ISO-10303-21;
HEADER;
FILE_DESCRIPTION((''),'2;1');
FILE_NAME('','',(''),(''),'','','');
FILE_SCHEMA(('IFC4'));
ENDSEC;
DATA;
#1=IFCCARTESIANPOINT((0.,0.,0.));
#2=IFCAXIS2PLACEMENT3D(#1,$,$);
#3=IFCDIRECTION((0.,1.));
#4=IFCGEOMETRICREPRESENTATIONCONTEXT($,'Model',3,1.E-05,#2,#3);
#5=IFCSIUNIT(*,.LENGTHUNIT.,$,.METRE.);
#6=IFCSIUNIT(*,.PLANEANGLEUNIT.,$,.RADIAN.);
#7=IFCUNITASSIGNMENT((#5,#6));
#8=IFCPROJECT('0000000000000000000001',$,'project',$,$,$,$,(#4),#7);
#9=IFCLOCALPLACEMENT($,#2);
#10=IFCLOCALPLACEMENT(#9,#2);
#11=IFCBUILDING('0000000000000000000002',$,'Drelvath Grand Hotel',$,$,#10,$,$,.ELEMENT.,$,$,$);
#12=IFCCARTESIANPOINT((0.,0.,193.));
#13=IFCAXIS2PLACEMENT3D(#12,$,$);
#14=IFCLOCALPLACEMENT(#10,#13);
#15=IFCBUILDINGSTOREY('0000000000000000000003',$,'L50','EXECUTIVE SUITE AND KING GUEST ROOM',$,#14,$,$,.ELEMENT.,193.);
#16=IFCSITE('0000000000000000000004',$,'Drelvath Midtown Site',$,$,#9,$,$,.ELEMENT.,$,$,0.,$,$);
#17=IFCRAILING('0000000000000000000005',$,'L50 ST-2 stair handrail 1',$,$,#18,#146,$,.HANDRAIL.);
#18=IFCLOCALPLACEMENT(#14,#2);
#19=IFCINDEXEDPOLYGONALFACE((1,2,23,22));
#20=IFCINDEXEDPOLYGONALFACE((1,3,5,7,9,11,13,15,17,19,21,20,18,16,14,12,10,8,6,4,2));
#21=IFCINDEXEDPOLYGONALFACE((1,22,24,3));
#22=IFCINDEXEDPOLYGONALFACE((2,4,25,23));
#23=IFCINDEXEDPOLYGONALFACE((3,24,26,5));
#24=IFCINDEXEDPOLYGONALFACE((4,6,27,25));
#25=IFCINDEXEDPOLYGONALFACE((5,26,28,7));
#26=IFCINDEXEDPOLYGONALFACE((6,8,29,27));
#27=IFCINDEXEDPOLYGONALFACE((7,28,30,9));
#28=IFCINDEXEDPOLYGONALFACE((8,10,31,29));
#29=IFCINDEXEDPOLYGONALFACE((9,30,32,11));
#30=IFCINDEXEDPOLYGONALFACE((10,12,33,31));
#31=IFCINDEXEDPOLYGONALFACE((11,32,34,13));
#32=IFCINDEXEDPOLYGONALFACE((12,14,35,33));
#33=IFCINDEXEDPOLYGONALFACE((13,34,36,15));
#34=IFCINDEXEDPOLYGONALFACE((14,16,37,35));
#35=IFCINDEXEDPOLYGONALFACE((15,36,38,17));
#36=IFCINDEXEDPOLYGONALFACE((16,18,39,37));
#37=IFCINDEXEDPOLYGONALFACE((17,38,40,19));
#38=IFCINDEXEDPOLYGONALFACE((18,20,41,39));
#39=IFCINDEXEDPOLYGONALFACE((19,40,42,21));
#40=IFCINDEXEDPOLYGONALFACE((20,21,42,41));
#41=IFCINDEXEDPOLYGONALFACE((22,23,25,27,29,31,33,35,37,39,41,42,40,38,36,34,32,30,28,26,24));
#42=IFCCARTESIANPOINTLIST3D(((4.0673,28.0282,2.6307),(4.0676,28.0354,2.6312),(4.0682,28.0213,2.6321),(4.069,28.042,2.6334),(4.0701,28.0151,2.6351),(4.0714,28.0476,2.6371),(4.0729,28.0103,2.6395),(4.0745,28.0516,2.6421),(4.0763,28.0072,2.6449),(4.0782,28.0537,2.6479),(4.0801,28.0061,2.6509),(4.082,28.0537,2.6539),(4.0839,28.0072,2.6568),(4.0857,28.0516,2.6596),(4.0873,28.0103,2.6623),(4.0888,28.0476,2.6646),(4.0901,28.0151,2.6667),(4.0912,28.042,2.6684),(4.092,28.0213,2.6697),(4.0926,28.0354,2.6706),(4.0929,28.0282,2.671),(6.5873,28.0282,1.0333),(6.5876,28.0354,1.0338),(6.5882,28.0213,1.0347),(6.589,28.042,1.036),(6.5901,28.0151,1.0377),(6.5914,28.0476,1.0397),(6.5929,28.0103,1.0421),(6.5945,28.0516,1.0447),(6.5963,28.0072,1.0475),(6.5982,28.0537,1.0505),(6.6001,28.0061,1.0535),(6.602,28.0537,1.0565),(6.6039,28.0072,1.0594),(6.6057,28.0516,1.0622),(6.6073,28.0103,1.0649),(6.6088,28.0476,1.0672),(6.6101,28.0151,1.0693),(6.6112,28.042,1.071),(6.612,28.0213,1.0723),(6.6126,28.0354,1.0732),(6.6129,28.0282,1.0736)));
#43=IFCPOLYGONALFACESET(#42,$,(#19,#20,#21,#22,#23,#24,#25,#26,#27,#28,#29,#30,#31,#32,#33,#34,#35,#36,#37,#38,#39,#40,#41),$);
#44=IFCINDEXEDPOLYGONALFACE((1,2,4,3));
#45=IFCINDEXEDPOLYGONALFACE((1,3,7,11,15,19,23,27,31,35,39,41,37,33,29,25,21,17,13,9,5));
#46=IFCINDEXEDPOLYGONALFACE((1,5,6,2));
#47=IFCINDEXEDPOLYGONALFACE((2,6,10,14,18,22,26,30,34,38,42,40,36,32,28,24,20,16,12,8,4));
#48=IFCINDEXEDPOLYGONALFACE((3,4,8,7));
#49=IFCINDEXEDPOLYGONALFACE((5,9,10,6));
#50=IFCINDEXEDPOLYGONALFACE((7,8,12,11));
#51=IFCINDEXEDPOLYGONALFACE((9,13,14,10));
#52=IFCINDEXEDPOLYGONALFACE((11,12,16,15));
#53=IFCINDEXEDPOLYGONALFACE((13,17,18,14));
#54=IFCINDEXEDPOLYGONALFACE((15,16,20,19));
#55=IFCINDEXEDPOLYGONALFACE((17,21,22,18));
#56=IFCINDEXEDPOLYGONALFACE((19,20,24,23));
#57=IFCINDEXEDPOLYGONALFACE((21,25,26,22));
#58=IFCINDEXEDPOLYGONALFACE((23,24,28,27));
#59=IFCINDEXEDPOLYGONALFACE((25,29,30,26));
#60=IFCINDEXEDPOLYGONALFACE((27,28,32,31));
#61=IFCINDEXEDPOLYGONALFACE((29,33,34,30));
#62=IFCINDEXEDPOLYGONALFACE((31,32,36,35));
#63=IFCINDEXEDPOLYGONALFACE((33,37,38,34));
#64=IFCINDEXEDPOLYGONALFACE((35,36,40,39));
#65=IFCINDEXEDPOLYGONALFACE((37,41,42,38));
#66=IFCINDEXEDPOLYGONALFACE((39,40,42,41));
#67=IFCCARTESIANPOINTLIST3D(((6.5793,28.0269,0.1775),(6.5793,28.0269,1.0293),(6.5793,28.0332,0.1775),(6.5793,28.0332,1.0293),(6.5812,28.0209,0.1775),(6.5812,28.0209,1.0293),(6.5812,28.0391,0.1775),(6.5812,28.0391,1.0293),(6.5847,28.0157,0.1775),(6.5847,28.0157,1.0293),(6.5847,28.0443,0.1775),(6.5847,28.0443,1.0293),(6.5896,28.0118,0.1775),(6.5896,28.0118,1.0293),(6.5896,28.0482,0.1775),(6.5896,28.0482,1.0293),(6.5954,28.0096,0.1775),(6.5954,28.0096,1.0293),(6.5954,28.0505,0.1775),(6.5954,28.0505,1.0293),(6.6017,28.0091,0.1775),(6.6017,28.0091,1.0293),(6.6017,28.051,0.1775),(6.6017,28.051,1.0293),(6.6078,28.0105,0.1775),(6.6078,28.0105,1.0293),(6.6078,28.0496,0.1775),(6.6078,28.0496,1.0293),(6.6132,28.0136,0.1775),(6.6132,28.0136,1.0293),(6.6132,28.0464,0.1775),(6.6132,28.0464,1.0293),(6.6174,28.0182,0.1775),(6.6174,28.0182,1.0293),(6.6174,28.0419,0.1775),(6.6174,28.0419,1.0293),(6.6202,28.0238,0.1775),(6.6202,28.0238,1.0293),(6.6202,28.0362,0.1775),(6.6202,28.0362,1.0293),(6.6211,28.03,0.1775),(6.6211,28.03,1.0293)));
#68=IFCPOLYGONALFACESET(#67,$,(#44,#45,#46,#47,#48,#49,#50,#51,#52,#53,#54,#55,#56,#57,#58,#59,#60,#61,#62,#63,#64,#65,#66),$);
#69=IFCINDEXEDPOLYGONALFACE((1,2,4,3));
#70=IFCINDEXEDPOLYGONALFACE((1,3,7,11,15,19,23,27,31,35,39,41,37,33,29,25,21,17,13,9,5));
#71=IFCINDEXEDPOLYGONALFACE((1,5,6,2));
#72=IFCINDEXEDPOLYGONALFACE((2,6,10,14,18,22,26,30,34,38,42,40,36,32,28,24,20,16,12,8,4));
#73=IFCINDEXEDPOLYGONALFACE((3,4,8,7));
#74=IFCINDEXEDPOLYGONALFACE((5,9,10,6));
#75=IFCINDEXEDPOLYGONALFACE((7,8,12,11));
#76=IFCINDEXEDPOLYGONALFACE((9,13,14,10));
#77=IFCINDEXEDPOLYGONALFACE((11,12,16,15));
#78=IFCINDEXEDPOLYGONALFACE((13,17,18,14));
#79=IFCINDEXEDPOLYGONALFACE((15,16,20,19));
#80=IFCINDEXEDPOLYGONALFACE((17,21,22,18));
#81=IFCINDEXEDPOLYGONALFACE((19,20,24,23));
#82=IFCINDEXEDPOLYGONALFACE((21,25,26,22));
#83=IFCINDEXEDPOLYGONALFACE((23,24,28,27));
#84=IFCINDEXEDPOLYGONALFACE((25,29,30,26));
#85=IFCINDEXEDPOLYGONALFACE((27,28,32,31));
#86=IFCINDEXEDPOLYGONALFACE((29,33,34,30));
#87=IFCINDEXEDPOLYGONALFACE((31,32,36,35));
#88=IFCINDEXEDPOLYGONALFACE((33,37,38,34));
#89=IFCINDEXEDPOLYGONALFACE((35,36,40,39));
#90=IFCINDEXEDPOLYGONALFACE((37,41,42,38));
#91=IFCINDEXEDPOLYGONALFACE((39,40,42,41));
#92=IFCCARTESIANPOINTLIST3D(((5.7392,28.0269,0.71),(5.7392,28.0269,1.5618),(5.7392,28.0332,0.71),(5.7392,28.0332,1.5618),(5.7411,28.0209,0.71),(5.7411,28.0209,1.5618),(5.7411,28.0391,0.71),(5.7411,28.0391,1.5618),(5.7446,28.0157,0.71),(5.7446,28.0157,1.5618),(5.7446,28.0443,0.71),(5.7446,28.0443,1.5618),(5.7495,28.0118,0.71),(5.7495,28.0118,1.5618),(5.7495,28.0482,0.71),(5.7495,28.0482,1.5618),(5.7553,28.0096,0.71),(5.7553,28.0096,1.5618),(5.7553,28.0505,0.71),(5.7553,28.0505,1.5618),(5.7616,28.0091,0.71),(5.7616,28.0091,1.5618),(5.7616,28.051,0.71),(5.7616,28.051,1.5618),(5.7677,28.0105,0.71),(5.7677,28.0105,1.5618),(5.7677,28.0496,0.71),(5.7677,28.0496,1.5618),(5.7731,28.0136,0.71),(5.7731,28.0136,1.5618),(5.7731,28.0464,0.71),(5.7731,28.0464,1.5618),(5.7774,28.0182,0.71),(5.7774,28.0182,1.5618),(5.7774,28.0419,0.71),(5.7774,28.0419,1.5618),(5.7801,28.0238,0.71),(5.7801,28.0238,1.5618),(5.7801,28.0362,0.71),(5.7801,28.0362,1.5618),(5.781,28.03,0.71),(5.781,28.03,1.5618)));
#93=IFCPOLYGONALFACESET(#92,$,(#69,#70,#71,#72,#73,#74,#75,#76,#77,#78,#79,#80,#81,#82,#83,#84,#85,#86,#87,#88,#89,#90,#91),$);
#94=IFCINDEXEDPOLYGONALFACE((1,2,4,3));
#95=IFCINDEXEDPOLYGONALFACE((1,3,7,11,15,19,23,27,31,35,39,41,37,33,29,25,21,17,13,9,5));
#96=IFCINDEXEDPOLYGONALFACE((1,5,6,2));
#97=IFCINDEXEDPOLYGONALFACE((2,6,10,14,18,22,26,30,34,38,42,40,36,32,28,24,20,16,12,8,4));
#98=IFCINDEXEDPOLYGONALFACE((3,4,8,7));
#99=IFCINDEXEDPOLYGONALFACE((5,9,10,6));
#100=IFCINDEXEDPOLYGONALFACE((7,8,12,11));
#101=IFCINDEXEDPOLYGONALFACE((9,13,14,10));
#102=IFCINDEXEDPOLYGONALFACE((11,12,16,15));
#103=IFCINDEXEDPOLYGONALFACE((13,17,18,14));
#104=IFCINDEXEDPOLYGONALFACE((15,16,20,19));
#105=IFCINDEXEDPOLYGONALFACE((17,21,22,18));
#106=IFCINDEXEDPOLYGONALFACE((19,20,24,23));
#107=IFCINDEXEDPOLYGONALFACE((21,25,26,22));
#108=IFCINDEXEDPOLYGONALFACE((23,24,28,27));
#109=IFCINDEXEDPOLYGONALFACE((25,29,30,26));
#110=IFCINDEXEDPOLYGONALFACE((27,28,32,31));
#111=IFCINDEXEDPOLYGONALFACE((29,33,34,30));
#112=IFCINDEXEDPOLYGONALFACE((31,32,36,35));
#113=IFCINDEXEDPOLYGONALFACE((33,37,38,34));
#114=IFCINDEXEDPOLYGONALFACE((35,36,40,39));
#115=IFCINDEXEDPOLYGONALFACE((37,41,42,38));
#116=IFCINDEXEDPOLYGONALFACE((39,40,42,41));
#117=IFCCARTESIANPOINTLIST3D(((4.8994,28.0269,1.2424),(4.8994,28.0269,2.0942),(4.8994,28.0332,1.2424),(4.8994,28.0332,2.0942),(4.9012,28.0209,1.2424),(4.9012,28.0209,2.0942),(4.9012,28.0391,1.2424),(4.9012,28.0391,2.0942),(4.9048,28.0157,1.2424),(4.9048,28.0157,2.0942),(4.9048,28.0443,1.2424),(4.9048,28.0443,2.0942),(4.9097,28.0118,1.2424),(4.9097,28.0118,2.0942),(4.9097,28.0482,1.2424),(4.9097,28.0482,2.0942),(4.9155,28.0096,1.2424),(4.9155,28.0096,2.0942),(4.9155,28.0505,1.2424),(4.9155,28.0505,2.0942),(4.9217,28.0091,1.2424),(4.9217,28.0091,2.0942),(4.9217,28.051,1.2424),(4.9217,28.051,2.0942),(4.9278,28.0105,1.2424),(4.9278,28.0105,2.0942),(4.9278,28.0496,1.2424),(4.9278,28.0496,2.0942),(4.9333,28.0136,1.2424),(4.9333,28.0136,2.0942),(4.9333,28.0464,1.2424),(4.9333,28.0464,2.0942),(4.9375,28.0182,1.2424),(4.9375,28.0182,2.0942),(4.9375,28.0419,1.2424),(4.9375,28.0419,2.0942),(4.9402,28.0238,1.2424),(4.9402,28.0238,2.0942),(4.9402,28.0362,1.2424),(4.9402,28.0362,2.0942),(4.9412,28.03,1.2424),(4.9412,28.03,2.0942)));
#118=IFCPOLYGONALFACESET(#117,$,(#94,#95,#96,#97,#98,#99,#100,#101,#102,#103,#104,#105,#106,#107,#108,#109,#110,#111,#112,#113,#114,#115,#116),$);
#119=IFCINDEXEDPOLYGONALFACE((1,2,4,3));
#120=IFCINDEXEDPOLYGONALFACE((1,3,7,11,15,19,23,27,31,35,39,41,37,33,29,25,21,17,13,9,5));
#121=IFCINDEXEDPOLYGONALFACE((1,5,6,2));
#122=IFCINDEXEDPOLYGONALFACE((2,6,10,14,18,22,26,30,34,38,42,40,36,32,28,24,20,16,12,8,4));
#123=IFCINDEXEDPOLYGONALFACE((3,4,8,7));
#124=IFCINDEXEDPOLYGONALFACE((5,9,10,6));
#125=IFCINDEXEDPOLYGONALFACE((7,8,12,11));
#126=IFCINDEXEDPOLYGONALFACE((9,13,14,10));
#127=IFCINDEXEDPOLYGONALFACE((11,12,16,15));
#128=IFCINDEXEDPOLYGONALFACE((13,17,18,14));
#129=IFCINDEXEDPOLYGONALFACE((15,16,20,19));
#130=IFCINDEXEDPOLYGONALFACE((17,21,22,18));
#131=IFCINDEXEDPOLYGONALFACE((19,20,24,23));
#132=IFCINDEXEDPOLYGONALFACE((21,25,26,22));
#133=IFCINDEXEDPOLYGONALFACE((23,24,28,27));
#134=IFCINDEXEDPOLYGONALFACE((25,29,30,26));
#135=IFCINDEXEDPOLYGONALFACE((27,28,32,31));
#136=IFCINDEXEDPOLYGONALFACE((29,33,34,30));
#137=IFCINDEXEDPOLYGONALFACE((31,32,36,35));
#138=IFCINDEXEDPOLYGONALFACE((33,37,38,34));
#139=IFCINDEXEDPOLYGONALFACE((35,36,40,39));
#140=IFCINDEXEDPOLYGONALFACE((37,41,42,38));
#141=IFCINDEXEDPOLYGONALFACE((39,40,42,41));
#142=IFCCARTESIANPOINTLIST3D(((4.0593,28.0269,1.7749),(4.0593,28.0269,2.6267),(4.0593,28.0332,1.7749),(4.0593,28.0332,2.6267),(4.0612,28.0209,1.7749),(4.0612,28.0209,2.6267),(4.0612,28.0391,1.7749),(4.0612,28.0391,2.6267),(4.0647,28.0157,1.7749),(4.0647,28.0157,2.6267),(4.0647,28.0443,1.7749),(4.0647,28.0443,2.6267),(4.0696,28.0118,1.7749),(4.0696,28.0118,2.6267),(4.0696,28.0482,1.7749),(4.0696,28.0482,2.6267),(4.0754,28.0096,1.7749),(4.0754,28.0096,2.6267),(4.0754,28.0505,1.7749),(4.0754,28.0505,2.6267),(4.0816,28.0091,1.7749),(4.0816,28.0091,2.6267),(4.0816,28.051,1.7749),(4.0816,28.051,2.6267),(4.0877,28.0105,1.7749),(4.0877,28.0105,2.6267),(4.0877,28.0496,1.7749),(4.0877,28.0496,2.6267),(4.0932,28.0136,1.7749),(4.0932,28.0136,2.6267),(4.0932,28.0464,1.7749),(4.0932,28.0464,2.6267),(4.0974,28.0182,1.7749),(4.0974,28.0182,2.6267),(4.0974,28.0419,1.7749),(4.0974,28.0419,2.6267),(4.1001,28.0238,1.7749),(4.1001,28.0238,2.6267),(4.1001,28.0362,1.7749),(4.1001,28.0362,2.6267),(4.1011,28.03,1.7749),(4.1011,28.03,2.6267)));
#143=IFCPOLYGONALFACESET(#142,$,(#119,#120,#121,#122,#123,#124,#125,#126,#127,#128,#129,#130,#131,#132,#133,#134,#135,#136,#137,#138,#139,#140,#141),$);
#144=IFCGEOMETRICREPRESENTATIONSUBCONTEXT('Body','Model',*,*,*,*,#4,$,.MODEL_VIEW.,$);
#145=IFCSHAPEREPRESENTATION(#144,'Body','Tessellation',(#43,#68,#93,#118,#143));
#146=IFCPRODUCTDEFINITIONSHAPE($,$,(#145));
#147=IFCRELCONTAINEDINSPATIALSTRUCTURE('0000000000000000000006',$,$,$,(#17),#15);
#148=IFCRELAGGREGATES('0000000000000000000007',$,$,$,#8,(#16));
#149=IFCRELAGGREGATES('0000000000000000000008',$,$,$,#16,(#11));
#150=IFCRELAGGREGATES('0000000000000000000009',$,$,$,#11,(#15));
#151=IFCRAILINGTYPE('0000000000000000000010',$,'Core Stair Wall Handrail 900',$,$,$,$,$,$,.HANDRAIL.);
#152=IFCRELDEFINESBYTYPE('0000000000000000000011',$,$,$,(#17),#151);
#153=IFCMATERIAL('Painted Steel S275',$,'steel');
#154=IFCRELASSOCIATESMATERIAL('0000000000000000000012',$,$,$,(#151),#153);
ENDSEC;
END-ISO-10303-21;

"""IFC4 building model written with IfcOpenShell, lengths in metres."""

from ifc_helpers import new_model, si_unit, direction, frame, origin, origin_2d, place, context, subcontext, project, spatial, circle, extrude, material, type_object, element, save


model = new_model("IFC4")

# Units and contexts
model_context = context("Model", 3, precision=1e-05, world=origin(), true_north=direction((0.0, 1.0)))
body_context = subcontext(model_context, "Body", "Model", "MODEL_VIEW")
ifc_project = project(units=[si_unit("LENGTHUNIT", "METRE"), si_unit("PLANEANGLEUNIT", "RADIAN")], contexts=[model_context])

# Site, building, storey
site_placement = place(None, origin())
site = spatial("IfcSite", under=ifc_project, at=site_placement, Name="Drelvath Midtown Site", CompositionType="ELEMENT", RefElevation=0.0)
building_placement = place(site_placement, origin())
building = spatial("IfcBuilding", under=site, at=building_placement, Name="Drelvath Grand Hotel", CompositionType="ELEMENT")
storey_placement = place(building_placement, frame((0.0, 0.0, 193.0)))
storey = spatial("IfcBuildingStorey", under=building, at=storey_placement, Name="L50", Description="EXECUTIVE SUITE AND KING GUEST ROOM", CompositionType="ELEMENT", Elevation=193.0)

# Shared definitions
ifc_material_1 = material(Name="Painted Steel S275", Category="steel")

# Railing
railing_type_1 = type_object("IfcRailingType", Name="Core Stair Wall Handrail 900", PredefinedType="HANDRAIL", material=ifc_material_1)
railing_1_placement = place(storey_placement, frame((6.6001, 28.03, 0.1775)))
element("IfcRailing", 1, at=railing_1_placement, inside=storey, type_object=railing_type_1, Name="L50 ST-2 stair handrail 1", PredefinedType="HANDRAIL", context=body_context, shape_type="SweptSolid", body=[
    extrude(circle(Radius=0.0239, at=origin_2d()), frame((0.0, 0.0, 0.876), z_axis=(-0.844607, 0.0, 0.535387), x_axis=(0.0, -1.0, 0.0)), (0.0, 0.0, 1.0), 2.9836),
    extrude(circle(Radius=0.021, at=origin_2d()), origin(), (0.0, 0.0, 1.0), 0.8518),
    extrude(circle(Radius=0.021, at=origin_2d()), frame((-0.8401, 0.0, 0.5325)), (0.0, 0.0, 1.0), 0.8518),
    extrude(circle(Radius=0.021, at=origin_2d()), frame((-1.6799, 0.0, 1.0649)), (0.0, 0.0, 1.0), 0.8518),
    extrude(circle(Radius=0.021, at=origin_2d()), frame((-2.52, 0.0, 1.5974)), (0.0, 0.0, 1.0), 0.8518),
])

save(model, "model.ifc")
